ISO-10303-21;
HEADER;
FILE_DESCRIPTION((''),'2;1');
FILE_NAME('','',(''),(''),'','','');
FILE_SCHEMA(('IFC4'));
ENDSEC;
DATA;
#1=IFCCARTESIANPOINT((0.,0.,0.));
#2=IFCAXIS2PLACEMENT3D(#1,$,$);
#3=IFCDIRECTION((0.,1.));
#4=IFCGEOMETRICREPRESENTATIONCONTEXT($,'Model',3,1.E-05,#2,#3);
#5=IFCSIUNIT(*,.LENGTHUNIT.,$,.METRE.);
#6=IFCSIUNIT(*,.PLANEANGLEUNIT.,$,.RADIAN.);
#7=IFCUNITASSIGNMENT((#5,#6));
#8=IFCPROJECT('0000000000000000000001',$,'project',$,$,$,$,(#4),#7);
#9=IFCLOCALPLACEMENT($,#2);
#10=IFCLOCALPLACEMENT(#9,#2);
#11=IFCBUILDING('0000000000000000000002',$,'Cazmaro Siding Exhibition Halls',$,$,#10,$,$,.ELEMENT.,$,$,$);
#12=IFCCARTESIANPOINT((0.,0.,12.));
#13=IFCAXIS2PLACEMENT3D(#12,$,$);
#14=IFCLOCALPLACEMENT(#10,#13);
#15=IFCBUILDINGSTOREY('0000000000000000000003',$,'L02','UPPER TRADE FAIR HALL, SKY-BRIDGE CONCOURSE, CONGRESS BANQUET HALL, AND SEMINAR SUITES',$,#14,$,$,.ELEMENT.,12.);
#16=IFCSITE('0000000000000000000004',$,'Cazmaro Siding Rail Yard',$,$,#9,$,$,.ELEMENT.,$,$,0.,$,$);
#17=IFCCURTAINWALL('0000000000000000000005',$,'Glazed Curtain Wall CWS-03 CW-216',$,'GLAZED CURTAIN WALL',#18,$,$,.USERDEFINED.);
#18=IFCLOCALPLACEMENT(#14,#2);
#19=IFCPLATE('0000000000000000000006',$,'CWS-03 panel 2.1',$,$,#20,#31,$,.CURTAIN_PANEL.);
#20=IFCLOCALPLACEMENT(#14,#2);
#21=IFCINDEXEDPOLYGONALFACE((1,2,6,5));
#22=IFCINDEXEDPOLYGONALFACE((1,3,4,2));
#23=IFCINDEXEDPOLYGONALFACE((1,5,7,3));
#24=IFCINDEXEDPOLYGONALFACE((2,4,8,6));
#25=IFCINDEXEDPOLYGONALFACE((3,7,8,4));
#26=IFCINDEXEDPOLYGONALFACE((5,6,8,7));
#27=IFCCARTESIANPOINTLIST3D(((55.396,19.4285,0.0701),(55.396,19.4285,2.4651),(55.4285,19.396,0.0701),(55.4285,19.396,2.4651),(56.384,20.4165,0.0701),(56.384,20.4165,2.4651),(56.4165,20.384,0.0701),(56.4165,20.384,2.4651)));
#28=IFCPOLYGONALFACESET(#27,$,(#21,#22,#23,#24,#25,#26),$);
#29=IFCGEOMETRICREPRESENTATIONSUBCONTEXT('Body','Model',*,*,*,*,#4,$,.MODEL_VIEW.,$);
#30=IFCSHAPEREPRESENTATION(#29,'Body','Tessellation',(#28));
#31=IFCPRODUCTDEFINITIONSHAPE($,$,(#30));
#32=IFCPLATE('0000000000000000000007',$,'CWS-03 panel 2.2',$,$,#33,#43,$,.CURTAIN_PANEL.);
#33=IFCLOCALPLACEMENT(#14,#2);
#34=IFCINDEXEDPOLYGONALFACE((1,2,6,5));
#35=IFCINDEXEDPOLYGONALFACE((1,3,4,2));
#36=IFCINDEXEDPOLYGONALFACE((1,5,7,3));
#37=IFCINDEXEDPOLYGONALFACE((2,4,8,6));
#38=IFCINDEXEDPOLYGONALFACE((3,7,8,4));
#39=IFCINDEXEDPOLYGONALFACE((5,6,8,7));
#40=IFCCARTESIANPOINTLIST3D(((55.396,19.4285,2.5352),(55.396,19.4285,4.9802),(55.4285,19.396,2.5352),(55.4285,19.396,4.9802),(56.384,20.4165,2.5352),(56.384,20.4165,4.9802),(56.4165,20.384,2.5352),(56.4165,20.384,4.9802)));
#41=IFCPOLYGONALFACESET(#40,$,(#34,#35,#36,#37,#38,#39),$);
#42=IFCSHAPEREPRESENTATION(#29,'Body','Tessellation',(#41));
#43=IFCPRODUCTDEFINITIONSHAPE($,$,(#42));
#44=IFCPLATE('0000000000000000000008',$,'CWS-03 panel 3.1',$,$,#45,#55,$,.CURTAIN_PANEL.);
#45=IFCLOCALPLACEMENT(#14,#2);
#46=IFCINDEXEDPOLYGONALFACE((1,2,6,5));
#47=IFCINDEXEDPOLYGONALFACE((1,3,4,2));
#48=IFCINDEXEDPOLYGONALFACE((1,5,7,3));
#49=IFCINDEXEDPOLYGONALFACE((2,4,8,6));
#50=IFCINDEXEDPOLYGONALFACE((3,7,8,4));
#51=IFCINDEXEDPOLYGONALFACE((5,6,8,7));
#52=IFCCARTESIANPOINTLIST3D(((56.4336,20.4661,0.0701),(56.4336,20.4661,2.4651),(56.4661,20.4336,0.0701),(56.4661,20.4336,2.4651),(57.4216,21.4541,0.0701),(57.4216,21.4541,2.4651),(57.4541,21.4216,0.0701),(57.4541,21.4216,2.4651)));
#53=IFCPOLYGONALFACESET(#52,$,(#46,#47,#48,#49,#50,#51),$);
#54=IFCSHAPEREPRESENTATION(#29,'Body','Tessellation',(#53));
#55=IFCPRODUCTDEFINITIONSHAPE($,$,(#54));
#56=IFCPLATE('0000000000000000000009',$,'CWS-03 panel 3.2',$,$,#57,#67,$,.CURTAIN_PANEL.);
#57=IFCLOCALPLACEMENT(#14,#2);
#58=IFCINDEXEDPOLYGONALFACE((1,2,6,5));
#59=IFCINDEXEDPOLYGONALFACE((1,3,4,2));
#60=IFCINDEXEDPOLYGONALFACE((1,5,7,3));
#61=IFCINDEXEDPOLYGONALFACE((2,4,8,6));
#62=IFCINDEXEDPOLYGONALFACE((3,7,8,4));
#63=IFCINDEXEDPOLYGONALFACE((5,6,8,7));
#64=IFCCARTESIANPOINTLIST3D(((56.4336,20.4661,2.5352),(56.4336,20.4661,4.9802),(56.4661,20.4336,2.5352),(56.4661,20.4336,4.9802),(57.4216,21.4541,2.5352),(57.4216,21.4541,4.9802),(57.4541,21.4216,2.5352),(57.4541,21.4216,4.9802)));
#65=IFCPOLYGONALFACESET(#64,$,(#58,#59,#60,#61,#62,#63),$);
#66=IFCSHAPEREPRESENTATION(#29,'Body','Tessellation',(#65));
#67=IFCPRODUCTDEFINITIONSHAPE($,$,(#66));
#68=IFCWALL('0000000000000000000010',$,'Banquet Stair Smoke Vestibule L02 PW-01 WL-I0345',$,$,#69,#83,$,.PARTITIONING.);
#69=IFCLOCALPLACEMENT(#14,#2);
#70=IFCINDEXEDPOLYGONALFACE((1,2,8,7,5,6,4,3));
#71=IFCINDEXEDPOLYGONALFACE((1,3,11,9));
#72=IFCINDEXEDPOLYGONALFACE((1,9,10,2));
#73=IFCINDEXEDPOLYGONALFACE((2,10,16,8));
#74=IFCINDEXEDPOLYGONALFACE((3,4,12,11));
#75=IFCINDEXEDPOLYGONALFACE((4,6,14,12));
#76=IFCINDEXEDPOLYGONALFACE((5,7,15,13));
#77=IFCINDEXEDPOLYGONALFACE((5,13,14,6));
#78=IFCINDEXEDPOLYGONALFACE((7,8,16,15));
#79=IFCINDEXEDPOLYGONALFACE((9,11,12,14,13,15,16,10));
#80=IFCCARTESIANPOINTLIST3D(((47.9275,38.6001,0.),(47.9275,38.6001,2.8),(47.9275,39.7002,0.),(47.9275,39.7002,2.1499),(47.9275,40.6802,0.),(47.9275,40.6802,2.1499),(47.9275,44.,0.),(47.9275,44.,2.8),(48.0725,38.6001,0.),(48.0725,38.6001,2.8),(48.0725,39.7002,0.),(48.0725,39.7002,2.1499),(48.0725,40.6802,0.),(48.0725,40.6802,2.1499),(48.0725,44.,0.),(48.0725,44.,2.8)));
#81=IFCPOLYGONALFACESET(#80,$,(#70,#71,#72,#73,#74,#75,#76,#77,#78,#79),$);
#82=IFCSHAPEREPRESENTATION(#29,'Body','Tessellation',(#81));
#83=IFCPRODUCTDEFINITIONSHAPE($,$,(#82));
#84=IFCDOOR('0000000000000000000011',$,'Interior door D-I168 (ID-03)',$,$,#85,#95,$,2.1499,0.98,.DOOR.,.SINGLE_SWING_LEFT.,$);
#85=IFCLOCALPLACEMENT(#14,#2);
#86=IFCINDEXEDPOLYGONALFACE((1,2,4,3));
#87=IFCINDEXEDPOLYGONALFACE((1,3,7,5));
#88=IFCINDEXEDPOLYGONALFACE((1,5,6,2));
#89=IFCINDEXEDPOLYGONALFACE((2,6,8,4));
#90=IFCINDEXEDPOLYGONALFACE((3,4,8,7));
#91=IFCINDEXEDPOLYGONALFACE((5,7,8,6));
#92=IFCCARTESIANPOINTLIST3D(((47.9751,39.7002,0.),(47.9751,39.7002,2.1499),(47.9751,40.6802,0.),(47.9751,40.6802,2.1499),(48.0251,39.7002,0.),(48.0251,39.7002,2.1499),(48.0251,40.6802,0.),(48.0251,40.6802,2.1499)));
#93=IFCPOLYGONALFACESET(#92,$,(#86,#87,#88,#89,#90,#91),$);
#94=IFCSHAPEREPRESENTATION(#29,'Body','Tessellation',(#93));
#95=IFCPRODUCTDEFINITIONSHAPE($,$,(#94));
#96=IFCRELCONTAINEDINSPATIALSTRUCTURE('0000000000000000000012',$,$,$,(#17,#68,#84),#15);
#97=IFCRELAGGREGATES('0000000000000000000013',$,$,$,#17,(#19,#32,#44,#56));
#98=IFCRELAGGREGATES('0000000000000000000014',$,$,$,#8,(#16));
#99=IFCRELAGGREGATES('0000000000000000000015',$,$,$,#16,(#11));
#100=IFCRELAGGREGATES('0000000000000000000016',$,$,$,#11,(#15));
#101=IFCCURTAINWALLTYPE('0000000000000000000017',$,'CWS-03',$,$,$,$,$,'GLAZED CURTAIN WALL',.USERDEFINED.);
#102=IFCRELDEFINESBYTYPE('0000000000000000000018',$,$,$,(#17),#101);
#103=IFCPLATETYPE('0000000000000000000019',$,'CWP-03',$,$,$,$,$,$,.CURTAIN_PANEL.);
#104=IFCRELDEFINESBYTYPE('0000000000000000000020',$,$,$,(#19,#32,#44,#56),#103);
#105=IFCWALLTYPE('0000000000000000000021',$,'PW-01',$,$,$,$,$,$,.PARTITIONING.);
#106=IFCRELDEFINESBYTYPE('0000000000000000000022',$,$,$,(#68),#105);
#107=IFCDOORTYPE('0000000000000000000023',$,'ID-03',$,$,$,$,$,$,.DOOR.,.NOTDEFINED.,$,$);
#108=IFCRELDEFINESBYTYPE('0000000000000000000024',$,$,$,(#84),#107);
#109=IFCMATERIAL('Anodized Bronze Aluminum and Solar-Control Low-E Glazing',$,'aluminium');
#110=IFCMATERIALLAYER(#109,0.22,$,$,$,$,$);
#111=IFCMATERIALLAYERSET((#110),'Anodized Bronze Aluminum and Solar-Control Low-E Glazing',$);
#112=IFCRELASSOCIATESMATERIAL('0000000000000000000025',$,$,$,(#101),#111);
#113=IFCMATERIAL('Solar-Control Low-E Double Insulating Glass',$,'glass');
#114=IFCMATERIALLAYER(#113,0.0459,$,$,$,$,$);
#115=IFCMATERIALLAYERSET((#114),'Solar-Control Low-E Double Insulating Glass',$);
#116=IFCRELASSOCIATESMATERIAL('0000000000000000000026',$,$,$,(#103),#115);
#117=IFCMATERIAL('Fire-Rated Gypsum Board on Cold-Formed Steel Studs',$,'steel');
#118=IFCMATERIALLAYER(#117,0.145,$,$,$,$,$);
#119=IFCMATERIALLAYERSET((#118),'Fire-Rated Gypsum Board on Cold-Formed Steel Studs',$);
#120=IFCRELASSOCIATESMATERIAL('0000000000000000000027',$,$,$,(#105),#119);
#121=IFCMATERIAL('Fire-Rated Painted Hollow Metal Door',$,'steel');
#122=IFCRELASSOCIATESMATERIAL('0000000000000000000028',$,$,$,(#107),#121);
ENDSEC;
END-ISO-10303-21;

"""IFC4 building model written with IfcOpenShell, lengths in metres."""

from ifc_helpers import new_model, si_unit, direction, frame, frame_2d, origin, origin_2d, place, context, subcontext, project, spatial, rectangle, extrude, material, layer, layer_set, type_object, element, fill, aggregate, save


model = new_model("IFC4")

# Units and contexts
model_context = context("Model", 3, precision=1e-05, world=origin(), true_north=direction((0.0, 1.0)))
body_context = subcontext(model_context, "Body", "Model", "MODEL_VIEW")
ifc_project = project(units=[si_unit("LENGTHUNIT", "METRE"), si_unit("PLANEANGLEUNIT", "RADIAN")], contexts=[model_context])

# Site, building, storey
site_placement = place(None, origin())
site = spatial("IfcSite", under=ifc_project, at=site_placement, Name="Cazmaro Siding Rail Yard", CompositionType="ELEMENT", RefElevation=0.0)
building_placement = place(site_placement, origin())
building = spatial("IfcBuilding", under=site, at=building_placement, Name="Cazmaro Siding Exhibition Halls", CompositionType="ELEMENT")
storey_placement = place(building_placement, frame((0.0, 0.0, 12.0)))
storey = spatial("IfcBuildingStorey", under=building, at=storey_placement, Name="L02", Description="UPPER TRADE FAIR HALL, SKY-BRIDGE CONCOURSE, CONGRESS BANQUET HALL, AND SEMINAR SUITES", CompositionType="ELEMENT", Elevation=12.0)

# Curtain wall
ifc_material_1 = material(Name="Anodized Bronze Aluminum and Solar-Control Low-E Glazing", Category="aluminium")
ifc_layer_1 = layer(ifc_material_1, 0.22)
ifc_layer_set_1 = layer_set([ifc_layer_1], Name="Anodized Bronze Aluminum and Solar-Control Low-E Glazing")
curtain_wall_type = type_object("IfcCurtainWallType", Name="CWS-03", ElementType="GLAZED CURTAIN WALL", PredefinedType="USERDEFINED", material=ifc_layer_set_1)
curtain_wall_placement = place(storey_placement, origin())
curtain_wall = element("IfcCurtainWall", 1, at=curtain_wall_placement, inside=storey, type_object=curtain_wall_type, Name="Glazed Curtain Wall CWS-03 CW-216", ObjectType="GLAZED CURTAIN WALL", PredefinedType="USERDEFINED")

# Plates
ifc_material_2 = material(Name="Solar-Control Low-E Double Insulating Glass", Category="glass")
ifc_layer_2 = layer(ifc_material_2, 0.0459)
ifc_layer_set_2 = layer_set([ifc_layer_2], Name="Solar-Control Low-E Double Insulating Glass")
plate_type = type_object("IfcPlateType", Name="CWP-03", PredefinedType="CURTAIN_PANEL", material=ifc_layer_set_2)
plate_1_placement = place(storey_placement, frame((55.9062, 19.9062, 0.0701), z_axis=(0.0, 0.0, 1.0), x_axis=(0.707107, 0.707107, 0.0)))
plate_1 = element("IfcPlate", 2, at=plate_1_placement, type_object=plate_type, Name="CWS-03 panel 2.1", PredefinedType="CURTAIN_PANEL", context=body_context, shape_type="SweptSolid", body=[
    extrude(rectangle(XDim=1.3972, YDim=0.0459, at=origin_2d()), origin(), (0.0, 0.0, 1.0), 2.395),
])
plate_2_placement = place(storey_placement, frame((55.9062, 19.9062, 2.5352), z_axis=(0.0, 0.0, 1.0), x_axis=(0.707107, 0.707107, 0.0)))
plate_2 = element("IfcPlate", 3, at=plate_2_placement, type_object=plate_type, Name="CWS-03 panel 2.2", PredefinedType="CURTAIN_PANEL", context=body_context, shape_type="SweptSolid", body=[
    extrude(rectangle(XDim=1.3972, YDim=0.0459, at=origin_2d()), origin(), (0.0, 0.0, 1.0), 2.4451),
])
plate_3_placement = place(storey_placement, frame((56.9438, 20.9438, 0.0701), z_axis=(0.0, 0.0, 1.0), x_axis=(0.707107, 0.707107, 0.0)))
plate_3 = element("IfcPlate", 4, at=plate_3_placement, type_object=plate_type, Name="CWS-03 panel 3.1", PredefinedType="CURTAIN_PANEL", context=body_context, shape_type="SweptSolid", body=[
    extrude(rectangle(XDim=1.3972, YDim=0.0459, at=origin_2d()), origin(), (0.0, 0.0, 1.0), 2.395),
])
plate_4_placement = place(storey_placement, frame((56.9438, 20.9438, 2.5352), z_axis=(0.0, 0.0, 1.0), x_axis=(0.707107, 0.707107, 0.0)))
plate_4 = element("IfcPlate", 5, at=plate_4_placement, type_object=plate_type, Name="CWS-03 panel 3.2", PredefinedType="CURTAIN_PANEL", context=body_context, shape_type="SweptSolid", body=[
    extrude(rectangle(XDim=1.3972, YDim=0.0459, at=origin_2d()), origin(), (0.0, 0.0, 1.0), 2.4451),
])
aggregate(curtain_wall, [plate_1, plate_2, plate_3, plate_4])

# Wall, opening, door
ifc_material_3 = material(Name="Fire-Rated Gypsum Board on Cold-Formed Steel Studs", Category="steel")
ifc_layer_3 = layer(ifc_material_3, 0.145)
ifc_layer_set_3 = layer_set([ifc_layer_3], Name="Fire-Rated Gypsum Board on Cold-Formed Steel Studs")
wall_type = type_object("IfcWallType", Name="PW-01", PredefinedType="PARTITIONING", material=ifc_layer_set_3)
wall_placement = place(storey_placement, frame((48.0, 38.6001, 0.0), z_axis=(0.0, 0.0, 1.0), x_axis=(0.0, 1.0, 0.0)))
wall = element("IfcWall", 6, at=wall_placement, inside=storey, type_object=wall_type, Name="Banquet Stair Smoke Vestibule L02 PW-01 WL-I0345", PredefinedType="PARTITIONING", context=body_context, shape_type="SweptSolid", body=[
    extrude(rectangle(XDim=5.3999, YDim=0.145, at=frame_2d((2.7, 0.0))), origin(), (0.0, 0.0, 1.0), 2.8),
])
opening_placement = place(wall_placement, frame((1.1001, 0.0, 0.0)))
opening = element("IfcOpeningElement", 7, at=opening_placement, cuts=wall, PredefinedType="OPENING", context=body_context, shape_type="SweptSolid", body=[
    extrude(rectangle(XDim=0.98, YDim=2.1499, at=frame_2d((0.49, 1.075))), frame((0.0, 0.0825, 0.0), z_axis=(0.0, -1.0, 0.0), x_axis=(1.0, 0.0, 0.0)), (0.0, 0.0, 1.0), 0.165),
])
ifc_material_4 = material(Name="Fire-Rated Painted Hollow Metal Door", Category="steel")
door_type = type_object("IfcDoorType", Name="ID-03", OperationType="NOTDEFINED", PredefinedType="DOOR", material=ifc_material_4)
door_placement = place(opening_placement, origin())
door = element("IfcDoor", 8, at=door_placement, inside=storey, type_object=door_type, Name="Interior door D-I168 (ID-03)", OperationType="SINGLE_SWING_LEFT", OverallHeight=2.1499, OverallWidth=0.98, PredefinedType="DOOR", context=body_context, shape_type="SweptSolid", body=[
    extrude(rectangle(XDim=0.98, YDim=2.1499, at=frame_2d((0.49, 1.075))), frame((0.0, 0.0249, 0.0), z_axis=(0.0, -1.0, 0.0), x_axis=(1.0, 0.0, 0.0)), (0.0, 0.0, 1.0), 0.05),
])
fill(opening, door)

save(model, "model.ifc")
